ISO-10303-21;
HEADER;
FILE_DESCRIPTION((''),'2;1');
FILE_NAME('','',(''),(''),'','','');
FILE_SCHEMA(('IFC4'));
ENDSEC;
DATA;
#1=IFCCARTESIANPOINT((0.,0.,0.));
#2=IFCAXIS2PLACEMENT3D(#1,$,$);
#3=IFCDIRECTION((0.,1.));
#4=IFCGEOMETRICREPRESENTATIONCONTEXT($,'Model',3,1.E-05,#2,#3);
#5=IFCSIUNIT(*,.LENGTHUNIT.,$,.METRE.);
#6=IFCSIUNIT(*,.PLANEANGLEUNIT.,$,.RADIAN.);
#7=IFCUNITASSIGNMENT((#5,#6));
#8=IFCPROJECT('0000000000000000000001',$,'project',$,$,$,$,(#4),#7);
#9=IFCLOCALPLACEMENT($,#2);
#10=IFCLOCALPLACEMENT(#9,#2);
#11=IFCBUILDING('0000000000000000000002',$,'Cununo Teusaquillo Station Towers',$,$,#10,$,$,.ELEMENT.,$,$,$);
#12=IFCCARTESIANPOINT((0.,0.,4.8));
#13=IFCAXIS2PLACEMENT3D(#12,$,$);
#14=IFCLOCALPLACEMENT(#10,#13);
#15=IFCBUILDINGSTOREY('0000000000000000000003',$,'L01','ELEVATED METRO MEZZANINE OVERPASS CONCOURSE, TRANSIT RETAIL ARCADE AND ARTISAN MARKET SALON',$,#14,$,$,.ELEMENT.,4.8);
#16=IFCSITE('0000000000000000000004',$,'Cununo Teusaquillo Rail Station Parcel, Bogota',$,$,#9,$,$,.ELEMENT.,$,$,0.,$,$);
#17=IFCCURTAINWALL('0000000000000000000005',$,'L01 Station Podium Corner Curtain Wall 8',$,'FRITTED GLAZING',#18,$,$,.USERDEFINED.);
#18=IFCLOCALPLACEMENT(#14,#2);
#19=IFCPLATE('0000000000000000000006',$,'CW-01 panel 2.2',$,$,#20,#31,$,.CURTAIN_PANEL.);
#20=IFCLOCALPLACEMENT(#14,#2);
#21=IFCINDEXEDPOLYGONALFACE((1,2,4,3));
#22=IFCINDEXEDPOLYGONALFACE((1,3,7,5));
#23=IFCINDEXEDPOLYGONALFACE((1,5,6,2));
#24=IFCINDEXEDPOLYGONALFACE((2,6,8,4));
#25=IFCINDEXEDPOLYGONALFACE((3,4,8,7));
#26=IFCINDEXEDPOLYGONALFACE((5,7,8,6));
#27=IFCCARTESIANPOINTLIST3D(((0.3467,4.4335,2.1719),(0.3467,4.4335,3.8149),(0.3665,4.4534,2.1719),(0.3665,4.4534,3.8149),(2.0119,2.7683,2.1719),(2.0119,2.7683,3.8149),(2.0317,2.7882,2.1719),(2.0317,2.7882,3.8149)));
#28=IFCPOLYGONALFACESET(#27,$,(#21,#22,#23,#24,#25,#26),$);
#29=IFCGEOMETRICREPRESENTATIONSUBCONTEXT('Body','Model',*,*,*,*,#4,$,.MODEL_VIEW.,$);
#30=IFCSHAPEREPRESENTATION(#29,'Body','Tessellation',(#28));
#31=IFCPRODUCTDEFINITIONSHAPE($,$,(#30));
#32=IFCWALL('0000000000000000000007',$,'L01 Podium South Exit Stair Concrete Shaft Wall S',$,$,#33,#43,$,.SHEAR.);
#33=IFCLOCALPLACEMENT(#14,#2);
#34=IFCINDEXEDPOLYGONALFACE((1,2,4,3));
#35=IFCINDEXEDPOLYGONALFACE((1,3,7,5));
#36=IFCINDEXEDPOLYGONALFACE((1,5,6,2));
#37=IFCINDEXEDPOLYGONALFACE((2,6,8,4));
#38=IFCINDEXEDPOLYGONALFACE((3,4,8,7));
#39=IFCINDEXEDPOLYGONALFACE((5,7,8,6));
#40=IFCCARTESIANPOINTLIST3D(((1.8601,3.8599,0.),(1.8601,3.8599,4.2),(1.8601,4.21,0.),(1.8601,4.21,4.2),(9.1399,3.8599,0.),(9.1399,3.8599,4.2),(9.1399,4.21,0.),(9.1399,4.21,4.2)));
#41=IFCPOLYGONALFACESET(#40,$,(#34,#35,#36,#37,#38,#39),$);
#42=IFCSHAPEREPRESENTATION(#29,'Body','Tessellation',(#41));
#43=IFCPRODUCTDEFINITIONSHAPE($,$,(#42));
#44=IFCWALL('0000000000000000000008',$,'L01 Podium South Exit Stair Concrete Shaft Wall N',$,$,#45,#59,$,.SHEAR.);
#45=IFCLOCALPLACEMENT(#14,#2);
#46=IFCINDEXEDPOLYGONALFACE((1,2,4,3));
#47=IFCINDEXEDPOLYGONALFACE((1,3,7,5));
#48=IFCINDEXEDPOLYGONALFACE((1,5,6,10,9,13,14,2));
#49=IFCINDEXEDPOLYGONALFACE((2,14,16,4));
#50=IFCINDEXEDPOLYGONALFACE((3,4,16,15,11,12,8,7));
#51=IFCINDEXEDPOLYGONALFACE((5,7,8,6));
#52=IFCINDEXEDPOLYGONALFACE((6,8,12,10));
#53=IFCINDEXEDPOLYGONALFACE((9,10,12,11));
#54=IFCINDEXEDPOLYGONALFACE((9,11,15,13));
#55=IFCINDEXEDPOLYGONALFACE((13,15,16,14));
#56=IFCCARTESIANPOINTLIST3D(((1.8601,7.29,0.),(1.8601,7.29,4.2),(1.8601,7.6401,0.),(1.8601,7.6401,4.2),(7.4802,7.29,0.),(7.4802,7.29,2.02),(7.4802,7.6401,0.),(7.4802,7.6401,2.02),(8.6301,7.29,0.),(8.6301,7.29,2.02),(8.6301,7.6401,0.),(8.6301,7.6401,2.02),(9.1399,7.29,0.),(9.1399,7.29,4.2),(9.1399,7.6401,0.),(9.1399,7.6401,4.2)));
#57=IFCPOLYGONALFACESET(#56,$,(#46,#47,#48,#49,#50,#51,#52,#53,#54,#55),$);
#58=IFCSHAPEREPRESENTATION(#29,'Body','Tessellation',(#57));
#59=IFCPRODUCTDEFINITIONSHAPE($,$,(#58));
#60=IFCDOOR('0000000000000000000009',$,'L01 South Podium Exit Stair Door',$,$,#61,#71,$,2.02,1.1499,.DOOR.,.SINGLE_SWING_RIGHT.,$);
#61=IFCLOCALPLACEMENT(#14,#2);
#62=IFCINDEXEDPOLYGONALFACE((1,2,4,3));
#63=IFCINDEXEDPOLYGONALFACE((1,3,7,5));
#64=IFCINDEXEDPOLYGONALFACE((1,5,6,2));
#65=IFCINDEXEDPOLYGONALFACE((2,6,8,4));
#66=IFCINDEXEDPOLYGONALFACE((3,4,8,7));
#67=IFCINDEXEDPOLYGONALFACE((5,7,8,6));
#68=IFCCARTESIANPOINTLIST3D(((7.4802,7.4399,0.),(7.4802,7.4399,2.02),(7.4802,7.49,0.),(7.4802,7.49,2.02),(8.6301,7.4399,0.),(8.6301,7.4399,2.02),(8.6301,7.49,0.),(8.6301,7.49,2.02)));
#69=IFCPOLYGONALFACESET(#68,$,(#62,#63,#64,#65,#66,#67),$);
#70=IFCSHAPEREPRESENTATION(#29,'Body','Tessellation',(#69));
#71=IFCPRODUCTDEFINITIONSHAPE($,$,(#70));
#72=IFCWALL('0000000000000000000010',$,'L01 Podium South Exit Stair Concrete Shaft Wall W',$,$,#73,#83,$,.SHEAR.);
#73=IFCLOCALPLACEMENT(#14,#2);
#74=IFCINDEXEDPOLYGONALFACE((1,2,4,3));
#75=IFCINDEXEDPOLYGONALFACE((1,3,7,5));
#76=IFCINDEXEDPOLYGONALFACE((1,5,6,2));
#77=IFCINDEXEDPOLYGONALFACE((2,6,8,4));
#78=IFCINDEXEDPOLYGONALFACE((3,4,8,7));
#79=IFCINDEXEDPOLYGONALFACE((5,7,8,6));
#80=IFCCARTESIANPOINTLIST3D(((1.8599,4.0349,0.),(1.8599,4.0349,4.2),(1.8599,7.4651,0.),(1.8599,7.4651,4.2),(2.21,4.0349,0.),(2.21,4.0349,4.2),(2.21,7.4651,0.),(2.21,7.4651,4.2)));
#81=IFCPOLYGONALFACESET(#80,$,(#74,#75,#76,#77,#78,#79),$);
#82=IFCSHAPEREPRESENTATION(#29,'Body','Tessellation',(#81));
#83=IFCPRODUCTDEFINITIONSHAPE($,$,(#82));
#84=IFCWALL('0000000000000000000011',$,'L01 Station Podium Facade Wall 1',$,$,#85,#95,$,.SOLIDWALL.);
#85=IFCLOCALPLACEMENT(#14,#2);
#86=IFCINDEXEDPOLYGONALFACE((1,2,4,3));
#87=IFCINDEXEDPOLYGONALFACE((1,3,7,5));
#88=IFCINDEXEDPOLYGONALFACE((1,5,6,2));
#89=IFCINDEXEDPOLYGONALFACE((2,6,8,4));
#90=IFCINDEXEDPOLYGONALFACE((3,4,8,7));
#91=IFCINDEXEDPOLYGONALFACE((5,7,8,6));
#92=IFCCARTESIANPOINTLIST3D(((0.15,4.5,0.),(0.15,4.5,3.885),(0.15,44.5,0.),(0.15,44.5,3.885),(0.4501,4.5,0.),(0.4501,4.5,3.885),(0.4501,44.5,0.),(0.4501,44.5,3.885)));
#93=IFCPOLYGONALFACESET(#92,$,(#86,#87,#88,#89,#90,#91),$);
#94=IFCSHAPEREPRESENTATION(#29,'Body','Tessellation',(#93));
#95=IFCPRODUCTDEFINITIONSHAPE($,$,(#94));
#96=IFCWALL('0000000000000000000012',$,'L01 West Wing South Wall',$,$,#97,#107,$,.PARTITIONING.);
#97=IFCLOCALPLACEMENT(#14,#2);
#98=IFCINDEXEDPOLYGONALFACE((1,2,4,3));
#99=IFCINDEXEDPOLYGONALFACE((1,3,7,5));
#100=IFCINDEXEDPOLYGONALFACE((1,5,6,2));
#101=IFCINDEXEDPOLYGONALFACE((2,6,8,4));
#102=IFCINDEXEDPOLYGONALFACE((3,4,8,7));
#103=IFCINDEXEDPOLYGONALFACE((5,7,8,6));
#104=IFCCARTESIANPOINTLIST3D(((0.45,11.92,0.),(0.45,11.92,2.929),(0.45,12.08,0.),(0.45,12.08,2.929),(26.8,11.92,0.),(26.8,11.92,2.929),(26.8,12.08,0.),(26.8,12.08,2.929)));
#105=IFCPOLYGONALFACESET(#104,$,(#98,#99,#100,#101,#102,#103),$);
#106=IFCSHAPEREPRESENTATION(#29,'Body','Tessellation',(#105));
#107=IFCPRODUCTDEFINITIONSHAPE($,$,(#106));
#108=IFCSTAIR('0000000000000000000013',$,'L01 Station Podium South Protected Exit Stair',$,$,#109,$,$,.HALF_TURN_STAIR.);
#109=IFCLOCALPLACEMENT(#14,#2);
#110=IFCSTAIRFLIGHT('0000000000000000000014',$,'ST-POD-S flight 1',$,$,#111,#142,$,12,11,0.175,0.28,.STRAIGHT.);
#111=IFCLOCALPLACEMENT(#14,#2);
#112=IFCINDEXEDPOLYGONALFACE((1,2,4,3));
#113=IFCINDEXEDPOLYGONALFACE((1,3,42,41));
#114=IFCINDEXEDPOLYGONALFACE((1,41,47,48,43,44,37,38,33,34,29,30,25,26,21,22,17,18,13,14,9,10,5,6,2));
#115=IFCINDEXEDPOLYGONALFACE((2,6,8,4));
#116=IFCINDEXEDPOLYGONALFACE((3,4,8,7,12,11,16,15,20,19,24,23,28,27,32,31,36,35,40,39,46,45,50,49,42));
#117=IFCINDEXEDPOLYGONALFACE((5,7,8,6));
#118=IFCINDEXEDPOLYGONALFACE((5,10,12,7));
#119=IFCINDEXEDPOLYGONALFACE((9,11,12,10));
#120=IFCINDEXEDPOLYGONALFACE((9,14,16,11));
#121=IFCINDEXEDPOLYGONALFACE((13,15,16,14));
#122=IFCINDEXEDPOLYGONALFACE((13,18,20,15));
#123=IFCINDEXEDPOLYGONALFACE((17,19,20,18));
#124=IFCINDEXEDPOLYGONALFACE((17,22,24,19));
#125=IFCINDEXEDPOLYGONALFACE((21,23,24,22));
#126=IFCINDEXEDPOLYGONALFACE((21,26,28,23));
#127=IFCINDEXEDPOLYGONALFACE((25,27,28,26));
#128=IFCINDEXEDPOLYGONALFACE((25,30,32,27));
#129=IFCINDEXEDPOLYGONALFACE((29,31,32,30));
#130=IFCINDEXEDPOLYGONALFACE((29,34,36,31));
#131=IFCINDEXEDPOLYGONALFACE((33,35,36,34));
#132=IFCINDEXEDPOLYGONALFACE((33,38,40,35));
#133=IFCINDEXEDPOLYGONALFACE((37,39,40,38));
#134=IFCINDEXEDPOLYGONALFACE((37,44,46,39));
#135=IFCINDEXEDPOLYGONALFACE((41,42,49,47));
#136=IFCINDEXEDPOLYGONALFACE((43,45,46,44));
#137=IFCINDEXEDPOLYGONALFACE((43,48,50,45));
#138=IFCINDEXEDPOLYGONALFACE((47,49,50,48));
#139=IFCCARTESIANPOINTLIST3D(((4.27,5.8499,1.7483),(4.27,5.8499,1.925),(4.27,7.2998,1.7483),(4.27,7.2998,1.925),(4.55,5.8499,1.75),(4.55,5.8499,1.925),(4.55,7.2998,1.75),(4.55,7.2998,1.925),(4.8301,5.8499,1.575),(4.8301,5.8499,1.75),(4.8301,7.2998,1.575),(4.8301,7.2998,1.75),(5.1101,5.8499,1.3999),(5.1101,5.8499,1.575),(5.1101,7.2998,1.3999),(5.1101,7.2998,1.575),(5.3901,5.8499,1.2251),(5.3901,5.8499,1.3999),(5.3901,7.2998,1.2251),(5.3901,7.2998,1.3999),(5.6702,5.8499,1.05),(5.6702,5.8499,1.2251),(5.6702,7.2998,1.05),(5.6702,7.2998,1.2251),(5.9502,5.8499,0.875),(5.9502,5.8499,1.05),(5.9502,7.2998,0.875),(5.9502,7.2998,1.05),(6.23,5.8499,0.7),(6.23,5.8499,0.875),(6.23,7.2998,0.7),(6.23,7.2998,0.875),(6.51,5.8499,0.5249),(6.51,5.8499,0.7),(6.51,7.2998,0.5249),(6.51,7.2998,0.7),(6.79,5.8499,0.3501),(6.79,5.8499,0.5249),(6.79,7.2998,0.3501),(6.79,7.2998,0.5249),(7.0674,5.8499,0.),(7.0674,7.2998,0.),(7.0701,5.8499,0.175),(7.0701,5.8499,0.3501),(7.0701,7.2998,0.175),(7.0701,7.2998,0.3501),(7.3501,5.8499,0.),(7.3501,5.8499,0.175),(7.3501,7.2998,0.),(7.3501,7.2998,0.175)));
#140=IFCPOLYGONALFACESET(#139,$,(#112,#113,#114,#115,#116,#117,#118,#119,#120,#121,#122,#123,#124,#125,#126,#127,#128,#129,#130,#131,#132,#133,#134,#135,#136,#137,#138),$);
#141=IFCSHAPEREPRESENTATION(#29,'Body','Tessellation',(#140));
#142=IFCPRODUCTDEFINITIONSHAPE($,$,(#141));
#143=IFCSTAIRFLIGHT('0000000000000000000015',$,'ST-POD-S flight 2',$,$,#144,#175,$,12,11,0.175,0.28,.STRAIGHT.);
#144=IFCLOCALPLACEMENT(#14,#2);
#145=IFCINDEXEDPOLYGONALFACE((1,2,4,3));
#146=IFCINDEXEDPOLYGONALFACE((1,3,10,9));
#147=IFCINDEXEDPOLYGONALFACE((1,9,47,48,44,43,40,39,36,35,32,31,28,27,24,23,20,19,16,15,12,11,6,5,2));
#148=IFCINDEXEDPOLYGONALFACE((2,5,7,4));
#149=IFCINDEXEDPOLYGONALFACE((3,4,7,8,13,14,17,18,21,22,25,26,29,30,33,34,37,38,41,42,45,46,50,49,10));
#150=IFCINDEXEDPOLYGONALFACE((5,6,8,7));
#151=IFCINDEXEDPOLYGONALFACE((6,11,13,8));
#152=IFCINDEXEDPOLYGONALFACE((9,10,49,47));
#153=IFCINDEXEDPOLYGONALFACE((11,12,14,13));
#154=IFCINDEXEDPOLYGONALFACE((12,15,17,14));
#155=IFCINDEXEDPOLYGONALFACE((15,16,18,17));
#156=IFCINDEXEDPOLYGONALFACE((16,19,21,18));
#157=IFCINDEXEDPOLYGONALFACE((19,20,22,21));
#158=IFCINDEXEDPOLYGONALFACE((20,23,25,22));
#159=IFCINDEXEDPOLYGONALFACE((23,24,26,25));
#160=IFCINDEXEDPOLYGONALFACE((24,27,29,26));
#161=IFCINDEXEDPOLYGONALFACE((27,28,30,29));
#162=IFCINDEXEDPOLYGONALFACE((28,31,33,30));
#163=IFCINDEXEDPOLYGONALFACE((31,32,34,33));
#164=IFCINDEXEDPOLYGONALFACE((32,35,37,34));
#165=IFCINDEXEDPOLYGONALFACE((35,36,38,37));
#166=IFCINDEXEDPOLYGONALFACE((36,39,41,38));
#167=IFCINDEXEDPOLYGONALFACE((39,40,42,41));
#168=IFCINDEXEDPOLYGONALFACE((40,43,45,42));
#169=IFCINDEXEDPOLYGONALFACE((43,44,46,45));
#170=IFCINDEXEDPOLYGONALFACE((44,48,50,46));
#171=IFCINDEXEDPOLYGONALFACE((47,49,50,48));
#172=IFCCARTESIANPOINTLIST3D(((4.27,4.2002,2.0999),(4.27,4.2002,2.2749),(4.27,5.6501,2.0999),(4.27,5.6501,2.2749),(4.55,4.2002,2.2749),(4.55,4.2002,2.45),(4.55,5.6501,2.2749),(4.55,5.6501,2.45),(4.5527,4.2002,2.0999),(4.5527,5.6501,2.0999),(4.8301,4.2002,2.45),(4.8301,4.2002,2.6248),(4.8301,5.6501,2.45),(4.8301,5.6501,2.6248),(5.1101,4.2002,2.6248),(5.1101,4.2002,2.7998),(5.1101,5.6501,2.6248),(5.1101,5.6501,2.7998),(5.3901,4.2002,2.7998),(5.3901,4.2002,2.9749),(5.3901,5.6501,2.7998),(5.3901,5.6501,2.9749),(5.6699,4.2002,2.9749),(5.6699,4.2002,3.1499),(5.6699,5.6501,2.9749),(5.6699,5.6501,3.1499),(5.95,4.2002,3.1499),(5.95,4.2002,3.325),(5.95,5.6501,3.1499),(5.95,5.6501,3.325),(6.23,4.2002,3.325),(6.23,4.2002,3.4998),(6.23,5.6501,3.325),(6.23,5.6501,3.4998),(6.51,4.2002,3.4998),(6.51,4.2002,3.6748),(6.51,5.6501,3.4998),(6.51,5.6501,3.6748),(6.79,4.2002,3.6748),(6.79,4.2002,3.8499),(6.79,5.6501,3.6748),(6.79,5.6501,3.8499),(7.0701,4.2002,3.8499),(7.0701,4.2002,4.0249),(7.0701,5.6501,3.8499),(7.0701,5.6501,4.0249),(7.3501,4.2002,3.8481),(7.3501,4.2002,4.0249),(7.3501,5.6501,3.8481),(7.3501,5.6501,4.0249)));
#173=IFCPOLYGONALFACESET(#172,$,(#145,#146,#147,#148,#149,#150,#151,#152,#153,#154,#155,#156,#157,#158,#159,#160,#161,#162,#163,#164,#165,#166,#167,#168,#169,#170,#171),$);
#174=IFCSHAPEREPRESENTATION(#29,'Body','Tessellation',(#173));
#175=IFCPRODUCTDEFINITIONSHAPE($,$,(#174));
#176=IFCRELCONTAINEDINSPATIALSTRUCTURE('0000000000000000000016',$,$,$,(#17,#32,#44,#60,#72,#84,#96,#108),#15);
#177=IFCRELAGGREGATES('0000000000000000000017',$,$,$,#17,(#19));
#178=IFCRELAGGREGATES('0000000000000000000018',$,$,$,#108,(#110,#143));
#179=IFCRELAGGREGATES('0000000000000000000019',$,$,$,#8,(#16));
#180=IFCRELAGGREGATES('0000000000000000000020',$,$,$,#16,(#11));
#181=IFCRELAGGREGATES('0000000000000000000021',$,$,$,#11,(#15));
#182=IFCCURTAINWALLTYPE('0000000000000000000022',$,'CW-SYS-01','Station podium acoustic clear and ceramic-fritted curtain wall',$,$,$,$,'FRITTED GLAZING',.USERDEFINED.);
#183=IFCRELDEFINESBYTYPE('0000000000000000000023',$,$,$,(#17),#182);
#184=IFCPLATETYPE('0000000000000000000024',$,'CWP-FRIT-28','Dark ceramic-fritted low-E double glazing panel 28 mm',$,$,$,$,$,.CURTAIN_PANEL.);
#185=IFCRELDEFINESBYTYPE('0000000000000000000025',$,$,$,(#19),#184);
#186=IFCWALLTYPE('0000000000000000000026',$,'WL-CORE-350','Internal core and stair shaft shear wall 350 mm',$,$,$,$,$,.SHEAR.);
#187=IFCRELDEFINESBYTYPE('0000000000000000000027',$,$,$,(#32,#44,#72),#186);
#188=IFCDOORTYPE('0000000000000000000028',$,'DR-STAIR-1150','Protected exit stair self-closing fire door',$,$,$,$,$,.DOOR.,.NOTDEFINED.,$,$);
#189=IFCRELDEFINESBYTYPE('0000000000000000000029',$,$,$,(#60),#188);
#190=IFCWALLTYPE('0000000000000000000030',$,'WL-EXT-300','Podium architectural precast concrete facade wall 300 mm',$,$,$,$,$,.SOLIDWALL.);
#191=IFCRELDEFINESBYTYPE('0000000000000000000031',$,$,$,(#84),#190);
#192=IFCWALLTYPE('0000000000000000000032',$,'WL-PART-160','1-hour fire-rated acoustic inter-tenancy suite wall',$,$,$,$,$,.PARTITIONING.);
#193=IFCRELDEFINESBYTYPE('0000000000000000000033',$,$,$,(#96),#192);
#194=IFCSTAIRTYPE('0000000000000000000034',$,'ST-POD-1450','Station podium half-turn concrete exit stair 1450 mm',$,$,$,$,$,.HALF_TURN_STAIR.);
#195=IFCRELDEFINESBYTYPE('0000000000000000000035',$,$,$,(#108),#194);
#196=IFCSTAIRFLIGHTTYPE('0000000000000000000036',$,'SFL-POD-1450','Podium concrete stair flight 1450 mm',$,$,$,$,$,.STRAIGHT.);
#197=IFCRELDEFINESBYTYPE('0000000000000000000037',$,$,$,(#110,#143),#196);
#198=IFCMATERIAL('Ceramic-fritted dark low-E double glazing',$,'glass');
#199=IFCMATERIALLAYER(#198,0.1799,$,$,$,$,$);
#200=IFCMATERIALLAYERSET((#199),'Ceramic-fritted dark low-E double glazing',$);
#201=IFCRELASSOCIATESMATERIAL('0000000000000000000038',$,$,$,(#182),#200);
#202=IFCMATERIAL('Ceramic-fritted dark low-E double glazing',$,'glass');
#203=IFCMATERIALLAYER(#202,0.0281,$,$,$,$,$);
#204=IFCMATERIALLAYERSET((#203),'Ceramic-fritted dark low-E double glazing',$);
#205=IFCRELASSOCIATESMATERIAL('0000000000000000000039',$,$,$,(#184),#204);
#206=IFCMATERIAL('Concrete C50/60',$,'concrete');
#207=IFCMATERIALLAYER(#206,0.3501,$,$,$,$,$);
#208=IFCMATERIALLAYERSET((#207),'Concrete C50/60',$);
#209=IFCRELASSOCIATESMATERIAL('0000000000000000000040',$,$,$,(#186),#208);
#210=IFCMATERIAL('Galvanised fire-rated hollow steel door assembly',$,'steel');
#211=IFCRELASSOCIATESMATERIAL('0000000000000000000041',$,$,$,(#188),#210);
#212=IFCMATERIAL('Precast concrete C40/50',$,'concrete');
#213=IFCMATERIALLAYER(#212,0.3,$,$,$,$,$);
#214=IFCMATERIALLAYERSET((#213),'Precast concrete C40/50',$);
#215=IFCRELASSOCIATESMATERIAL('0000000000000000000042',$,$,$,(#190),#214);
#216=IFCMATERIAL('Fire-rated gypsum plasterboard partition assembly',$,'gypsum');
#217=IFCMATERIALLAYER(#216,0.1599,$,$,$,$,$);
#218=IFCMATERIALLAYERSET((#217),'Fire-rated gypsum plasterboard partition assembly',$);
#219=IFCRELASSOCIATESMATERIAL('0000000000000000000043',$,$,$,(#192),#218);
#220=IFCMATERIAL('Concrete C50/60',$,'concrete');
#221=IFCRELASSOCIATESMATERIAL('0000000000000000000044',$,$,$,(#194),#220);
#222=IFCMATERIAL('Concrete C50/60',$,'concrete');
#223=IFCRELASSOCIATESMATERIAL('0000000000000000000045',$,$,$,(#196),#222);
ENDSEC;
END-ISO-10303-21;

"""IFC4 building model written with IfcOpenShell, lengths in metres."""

from ifc_helpers import new_model, si_unit, direction, frame, frame_2d, origin, origin_2d, place, context, subcontext, project, spatial, polyline, rectangle, outline, extrude, source, transform, mapped, material, layer, layer_set, type_object, element, fill, aggregate, save


model = new_model("IFC4")

# Units and contexts
model_context = context("Model", 3, precision=1e-05, world=origin(), true_north=direction((0.0, 1.0)))
body_context = subcontext(model_context, "Body", "Model", "MODEL_VIEW")
ifc_project = project(units=[si_unit("LENGTHUNIT", "METRE"), si_unit("PLANEANGLEUNIT", "RADIAN")], contexts=[model_context])

# Site, building, storey
site_placement = place(None, origin())
site = spatial("IfcSite", under=ifc_project, at=site_placement, Name="Cununo Teusaquillo Rail Station Parcel, Bogota", CompositionType="ELEMENT", RefElevation=0.0)
building_placement = place(site_placement, origin())
building = spatial("IfcBuilding", under=site, at=building_placement, Name="Cununo Teusaquillo Station Towers", CompositionType="ELEMENT")
storey_placement = place(building_placement, frame((0.0, 0.0, 4.8)))
storey = spatial("IfcBuildingStorey", under=building, at=storey_placement, Name="L01", Description="ELEVATED METRO MEZZANINE OVERPASS CONCOURSE, TRANSIT RETAIL ARCADE AND ARTISAN MARKET SALON", CompositionType="ELEMENT", Elevation=4.8)

# Curtain wall
ifc_material_1 = material(Name="Ceramic-fritted dark low-E double glazing", Category="glass")
ifc_layer_1 = layer(ifc_material_1, 0.1799)
ifc_layer_set_1 = layer_set([ifc_layer_1], Name="Ceramic-fritted dark low-E double glazing")
curtain_wall_type = type_object("IfcCurtainWallType", Name="CW-SYS-01", Description="Station podium acoustic clear and ceramic-fritted curtain wall", ElementType="FRITTED GLAZING", PredefinedType="USERDEFINED", material=ifc_layer_set_1)
curtain_wall_placement = place(storey_placement, origin())
curtain_wall = element("IfcCurtainWall", 1, at=curtain_wall_placement, inside=storey, type_object=curtain_wall_type, Name="L01 Station Podium Corner Curtain Wall 8", ObjectType="FRITTED GLAZING", PredefinedType="USERDEFINED")

# Plate
ifc_material_2 = material(Name="Ceramic-fritted dark low-E double glazing", Category="glass")
ifc_layer_2 = layer(ifc_material_2, 0.0281)
ifc_layer_set_2 = layer_set([ifc_layer_2], Name="Ceramic-fritted dark low-E double glazing")
plate_type_1 = type_object("IfcPlateType", Name="CWP-FRIT-28", Description="Dark ceramic-fritted low-E double glazing panel 28 mm", PredefinedType="CURTAIN_PANEL", material=ifc_layer_set_2)
shared_shape_1 = source(origin(), body_context, "Body", "SweptSolid", [
    extrude(rectangle(XDim=2.355, YDim=0.0281, at=origin_2d()), origin(), (0.0, 0.0, 1.0), 1.6431),
])
plate_placement = place(storey_placement, frame((1.1892, 3.6108, 2.1719), z_axis=(0.0, 0.0, 1.0), x_axis=(-0.707107, 0.707107, 0.0)))
plate = element("IfcPlate", 2, at=plate_placement, type_object=plate_type_1, Name="CW-01 panel 2.2", PredefinedType="CURTAIN_PANEL", context=body_context, shape_type="MappedRepresentation", body=[
    mapped(shared_shape_1, transform((0.0, 0.0, 0.0), x_axis=(1.0, 0.0, 0.0), y_axis=(0.0, 1.0, 0.0), z_axis=(0.0, 0.0, 1.0), scale=1.0)),
])
aggregate(curtain_wall, [plate])

# Wall
ifc_material_3 = material(Name="Concrete C50/60", Category="concrete")
ifc_layer_3 = layer(ifc_material_3, 0.3501)
ifc_layer_set_3 = layer_set([ifc_layer_3], Name="Concrete C50/60")
wall_type_1 = type_object("IfcWallType", Name="WL-CORE-350", Description="Internal core and stair shaft shear wall 350 mm", PredefinedType="SHEAR", material=ifc_layer_set_3)
wall_1_placement = place(storey_placement, frame((1.8601, 4.0349, 0.0), z_axis=(0.0, 0.0, 1.0), x_axis=(1.0, 0.0, 0.0)))
element("IfcWall", 3, at=wall_1_placement, inside=storey, type_object=wall_type_1, Name="L01 Podium South Exit Stair Concrete Shaft Wall S", PredefinedType="SHEAR", context=body_context, shape_type="SweptSolid", body=[
    extrude(rectangle(XDim=7.2798, YDim=0.3501, at=frame_2d((3.6399, 0.0))), origin(), (0.0, 0.0, 1.0), 4.2),
])

# Wall, opening, door
wall_2_placement = place(storey_placement, frame((1.8601, 7.4651, 0.0), z_axis=(0.0, 0.0, 1.0), x_axis=(1.0, 0.0, 0.0)))
wall_2 = element("IfcWall", 4, at=wall_2_placement, inside=storey, type_object=wall_type_1, Name="L01 Podium South Exit Stair Concrete Shaft Wall N", PredefinedType="SHEAR", context=body_context, shape_type="SweptSolid", body=[
    extrude(rectangle(XDim=7.2798, YDim=0.3501, at=frame_2d((3.6399, 0.0))), origin(), (0.0, 0.0, 1.0), 4.2),
])
shared_shape_2 = source(origin(), body_context, "Body", "SweptSolid", [
    extrude(rectangle(XDim=1.1499, YDim=2.02, at=frame_2d((0.575, 1.01))), frame((0.0, 0.1851, 0.0), z_axis=(0.0, -1.0, 0.0), x_axis=(1.0, 0.0, 0.0)), (0.0, 0.0, 1.0), 0.3701),
])
opening_placement = place(wall_2_placement, frame((5.6201, 0.0, 0.0)))
opening = element("IfcOpeningElement", 5, at=opening_placement, cuts=wall_2, PredefinedType="OPENING", context=body_context, shape_type="MappedRepresentation", body=[
    mapped(shared_shape_2, transform((0.0, 0.0, 0.0), x_axis=(1.0, 0.0, 0.0), y_axis=(0.0, 1.0, 0.0), z_axis=(0.0, 0.0, 1.0), scale=1.0)),
])
ifc_material_4 = material(Name="Galvanised fire-rated hollow steel door assembly", Category="steel")
door_type = type_object("IfcDoorType", Name="DR-STAIR-1150", Description="Protected exit stair self-closing fire door", OperationType="NOTDEFINED", PredefinedType="DOOR", material=ifc_material_4)
shared_shape_3 = source(origin(), body_context, "Body", "SweptSolid", [
    extrude(rectangle(XDim=1.1499, YDim=2.02, at=frame_2d((0.575, 1.01))), frame((0.0, 0.0249, 0.0), z_axis=(0.0, -1.0, 0.0), x_axis=(1.0, 0.0, 0.0)), (0.0, 0.0, 1.0), 0.05),
])
door_placement = place(opening_placement, origin())
door = element("IfcDoor", 6, at=door_placement, inside=storey, type_object=door_type, Name="L01 South Podium Exit Stair Door", OperationType="SINGLE_SWING_RIGHT", OverallHeight=2.02, OverallWidth=1.1499, PredefinedType="DOOR", context=body_context, shape_type="MappedRepresentation", body=[
    mapped(shared_shape_3, transform((0.0, 0.0, 0.0), x_axis=(1.0, 0.0, 0.0), y_axis=(0.0, 1.0, 0.0), z_axis=(0.0, 0.0, 1.0), scale=1.0)),
])
fill(opening, door)

# Walls
wall_3_placement = place(storey_placement, frame((2.0349, 4.0349, 0.0), z_axis=(0.0, 0.0, 1.0), x_axis=(0.0, 1.0, 0.0)))
element("IfcWall", 7, at=wall_3_placement, inside=storey, type_object=wall_type_1, Name="L01 Podium South Exit Stair Concrete Shaft Wall W", PredefinedType="SHEAR", context=body_context, shape_type="SweptSolid", body=[
    extrude(rectangle(XDim=3.4302, YDim=0.3501, at=frame_2d((1.7151, 0.0))), origin(), (0.0, 0.0, 1.0), 4.2),
])
ifc_material_5 = material(Name="Precast concrete C40/50", Category="concrete")
ifc_layer_4 = layer(ifc_material_5, 0.3)
ifc_layer_set_4 = layer_set([ifc_layer_4], Name="Precast concrete C40/50")
wall_type_2 = type_object("IfcWallType", Name="WL-EXT-300", Description="Podium architectural precast concrete facade wall 300 mm", PredefinedType="SOLIDWALL", material=ifc_layer_set_4)
wall_4_placement = place(storey_placement, frame((0.3, 4.5, 0.0), z_axis=(0.0, 0.0, 1.0), x_axis=(0.0, 1.0, 0.0)))
element("IfcWall", 8, at=wall_4_placement, inside=storey, type_object=wall_type_2, Name="L01 Station Podium Facade Wall 1", PredefinedType="SOLIDWALL", context=body_context, shape_type="SweptSolid", body=[
    extrude(rectangle(XDim=40.0, YDim=0.3, at=frame_2d((20.0, 0.0))), origin(), (0.0, 0.0, 1.0), 3.885),
])
ifc_material_6 = material(Name="Fire-rated gypsum plasterboard partition assembly", Category="gypsum")
ifc_layer_5 = layer(ifc_material_6, 0.1599)
ifc_layer_set_5 = layer_set([ifc_layer_5], Name="Fire-rated gypsum plasterboard partition assembly")
wall_type_3 = type_object("IfcWallType", Name="WL-PART-160", Description="1-hour fire-rated acoustic inter-tenancy suite wall", PredefinedType="PARTITIONING", material=ifc_layer_set_5)
wall_5_placement = place(storey_placement, frame((0.45, 12.0, 0.0), z_axis=(0.0, 0.0, 1.0), x_axis=(1.0, 0.0, 0.0)))
element("IfcWall", 9, at=wall_5_placement, inside=storey, type_object=wall_type_3, Name="L01 West Wing South Wall", PredefinedType="PARTITIONING", context=body_context, shape_type="SweptSolid", body=[
    extrude(rectangle(XDim=26.3501, YDim=0.1599, at=frame_2d((13.175, 0.0))), origin(), (0.0, 0.0, 1.0), 2.929),
])

# Stair, stair flights
ifc_material_7 = material(Name="Concrete C50/60", Category="concrete")
stair_type = type_object("IfcStairType", Name="ST-POD-1450", Description="Station podium half-turn concrete exit stair 1450 mm", PredefinedType="HALF_TURN_STAIR", material=ifc_material_7)
stair_placement = place(storey_placement, origin())
stair = element("IfcStair", 10, at=stair_placement, inside=storey, type_object=stair_type, Name="L01 Station Podium South Protected Exit Stair", PredefinedType="HALF_TURN_STAIR")
ifc_material_8 = material(Name="Concrete C50/60", Category="concrete")
stair_flight_type = type_object("IfcStairFlightType", Name="SFL-POD-1450", Description="Podium concrete stair flight 1450 mm", PredefinedType="STRAIGHT", material=ifc_material_8)
stair_flight_1_placement = place(storey_placement, frame((7.3501, 6.575, 0.0), z_axis=(0.0, 0.0, 1.0), x_axis=(-1.0, 0.0, 0.0)))
stair_flight_1 = element("IfcStairFlight", 11, at=stair_flight_1_placement, type_object=stair_flight_type, Name="ST-POD-S flight 1", NumberOfRisers=12, NumberOfTreads=11, PredefinedType="STRAIGHT", RiserHeight=0.175, TreadLength=0.28, context=body_context, shape_type="SweptSolid", body=[
    extrude(outline(polyline([(0.0, 0.0), (0.0, 0.175), (0.28, 0.175), (0.28, 0.3501), (0.5601, 0.3501), (0.5601, 0.5249), (0.8401, 0.5249), (0.8401, 0.7), (1.1201, 0.7), (1.1201, 0.875), (1.3999, 0.875), (1.3999, 1.05), (1.6799, 1.05), (1.6799, 1.2251), (1.96, 1.2251), (1.96, 1.3999), (2.24, 1.3999), (2.24, 1.575), (2.52, 1.575), (2.52, 1.75), (2.8, 1.75), (2.8, 1.925), (3.0801, 1.925), (3.0801, 2.1001), (3.0801, 1.7483), (0.2827, 0.0), (0.0, 0.0)])), frame((0.0, 0.7251, 0.0), z_axis=(0.0, -1.0, 0.0), x_axis=(1.0, 0.0, 0.0)), (0.0, 0.0, 1.0), 1.45),
])
stair_flight_2_placement = place(storey_placement, frame((4.27, 4.925, 2.0999), z_axis=(0.0, 0.0, 1.0), x_axis=(1.0, 0.0, 0.0)))
stair_flight_2 = element("IfcStairFlight", 12, at=stair_flight_2_placement, type_object=stair_flight_type, Name="ST-POD-S flight 2", NumberOfRisers=12, NumberOfTreads=11, PredefinedType="STRAIGHT", RiserHeight=0.175, TreadLength=0.28, context=body_context, shape_type="SweptSolid", body=[
    extrude(outline(polyline([(0.0, 0.0), (0.0, 0.175), (0.28, 0.175), (0.28, 0.3501), (0.5601, 0.3501), (0.5601, 0.5249), (0.8401, 0.5249), (0.8401, 0.7), (1.1201, 0.7), (1.1201, 0.875), (1.3999, 0.875), (1.3999, 1.05), (1.6799, 1.05), (1.6799, 1.2251), (1.96, 1.2251), (1.96, 1.3999), (2.24, 1.3999), (2.24, 1.575), (2.52, 1.575), (2.52, 1.75), (2.8, 1.75), (2.8, 1.925), (3.0801, 1.925), (3.0801, 2.1001), (3.0801, 1.7483), (0.2827, 0.0), (0.0, 0.0)])), frame((0.0, 0.7251, 0.0), z_axis=(0.0, -1.0, 0.0), x_axis=(1.0, 0.0, 0.0)), (0.0, 0.0, 1.0), 1.45),
])
aggregate(stair, [stair_flight_1, stair_flight_2])

save(model, "model.ifc")
